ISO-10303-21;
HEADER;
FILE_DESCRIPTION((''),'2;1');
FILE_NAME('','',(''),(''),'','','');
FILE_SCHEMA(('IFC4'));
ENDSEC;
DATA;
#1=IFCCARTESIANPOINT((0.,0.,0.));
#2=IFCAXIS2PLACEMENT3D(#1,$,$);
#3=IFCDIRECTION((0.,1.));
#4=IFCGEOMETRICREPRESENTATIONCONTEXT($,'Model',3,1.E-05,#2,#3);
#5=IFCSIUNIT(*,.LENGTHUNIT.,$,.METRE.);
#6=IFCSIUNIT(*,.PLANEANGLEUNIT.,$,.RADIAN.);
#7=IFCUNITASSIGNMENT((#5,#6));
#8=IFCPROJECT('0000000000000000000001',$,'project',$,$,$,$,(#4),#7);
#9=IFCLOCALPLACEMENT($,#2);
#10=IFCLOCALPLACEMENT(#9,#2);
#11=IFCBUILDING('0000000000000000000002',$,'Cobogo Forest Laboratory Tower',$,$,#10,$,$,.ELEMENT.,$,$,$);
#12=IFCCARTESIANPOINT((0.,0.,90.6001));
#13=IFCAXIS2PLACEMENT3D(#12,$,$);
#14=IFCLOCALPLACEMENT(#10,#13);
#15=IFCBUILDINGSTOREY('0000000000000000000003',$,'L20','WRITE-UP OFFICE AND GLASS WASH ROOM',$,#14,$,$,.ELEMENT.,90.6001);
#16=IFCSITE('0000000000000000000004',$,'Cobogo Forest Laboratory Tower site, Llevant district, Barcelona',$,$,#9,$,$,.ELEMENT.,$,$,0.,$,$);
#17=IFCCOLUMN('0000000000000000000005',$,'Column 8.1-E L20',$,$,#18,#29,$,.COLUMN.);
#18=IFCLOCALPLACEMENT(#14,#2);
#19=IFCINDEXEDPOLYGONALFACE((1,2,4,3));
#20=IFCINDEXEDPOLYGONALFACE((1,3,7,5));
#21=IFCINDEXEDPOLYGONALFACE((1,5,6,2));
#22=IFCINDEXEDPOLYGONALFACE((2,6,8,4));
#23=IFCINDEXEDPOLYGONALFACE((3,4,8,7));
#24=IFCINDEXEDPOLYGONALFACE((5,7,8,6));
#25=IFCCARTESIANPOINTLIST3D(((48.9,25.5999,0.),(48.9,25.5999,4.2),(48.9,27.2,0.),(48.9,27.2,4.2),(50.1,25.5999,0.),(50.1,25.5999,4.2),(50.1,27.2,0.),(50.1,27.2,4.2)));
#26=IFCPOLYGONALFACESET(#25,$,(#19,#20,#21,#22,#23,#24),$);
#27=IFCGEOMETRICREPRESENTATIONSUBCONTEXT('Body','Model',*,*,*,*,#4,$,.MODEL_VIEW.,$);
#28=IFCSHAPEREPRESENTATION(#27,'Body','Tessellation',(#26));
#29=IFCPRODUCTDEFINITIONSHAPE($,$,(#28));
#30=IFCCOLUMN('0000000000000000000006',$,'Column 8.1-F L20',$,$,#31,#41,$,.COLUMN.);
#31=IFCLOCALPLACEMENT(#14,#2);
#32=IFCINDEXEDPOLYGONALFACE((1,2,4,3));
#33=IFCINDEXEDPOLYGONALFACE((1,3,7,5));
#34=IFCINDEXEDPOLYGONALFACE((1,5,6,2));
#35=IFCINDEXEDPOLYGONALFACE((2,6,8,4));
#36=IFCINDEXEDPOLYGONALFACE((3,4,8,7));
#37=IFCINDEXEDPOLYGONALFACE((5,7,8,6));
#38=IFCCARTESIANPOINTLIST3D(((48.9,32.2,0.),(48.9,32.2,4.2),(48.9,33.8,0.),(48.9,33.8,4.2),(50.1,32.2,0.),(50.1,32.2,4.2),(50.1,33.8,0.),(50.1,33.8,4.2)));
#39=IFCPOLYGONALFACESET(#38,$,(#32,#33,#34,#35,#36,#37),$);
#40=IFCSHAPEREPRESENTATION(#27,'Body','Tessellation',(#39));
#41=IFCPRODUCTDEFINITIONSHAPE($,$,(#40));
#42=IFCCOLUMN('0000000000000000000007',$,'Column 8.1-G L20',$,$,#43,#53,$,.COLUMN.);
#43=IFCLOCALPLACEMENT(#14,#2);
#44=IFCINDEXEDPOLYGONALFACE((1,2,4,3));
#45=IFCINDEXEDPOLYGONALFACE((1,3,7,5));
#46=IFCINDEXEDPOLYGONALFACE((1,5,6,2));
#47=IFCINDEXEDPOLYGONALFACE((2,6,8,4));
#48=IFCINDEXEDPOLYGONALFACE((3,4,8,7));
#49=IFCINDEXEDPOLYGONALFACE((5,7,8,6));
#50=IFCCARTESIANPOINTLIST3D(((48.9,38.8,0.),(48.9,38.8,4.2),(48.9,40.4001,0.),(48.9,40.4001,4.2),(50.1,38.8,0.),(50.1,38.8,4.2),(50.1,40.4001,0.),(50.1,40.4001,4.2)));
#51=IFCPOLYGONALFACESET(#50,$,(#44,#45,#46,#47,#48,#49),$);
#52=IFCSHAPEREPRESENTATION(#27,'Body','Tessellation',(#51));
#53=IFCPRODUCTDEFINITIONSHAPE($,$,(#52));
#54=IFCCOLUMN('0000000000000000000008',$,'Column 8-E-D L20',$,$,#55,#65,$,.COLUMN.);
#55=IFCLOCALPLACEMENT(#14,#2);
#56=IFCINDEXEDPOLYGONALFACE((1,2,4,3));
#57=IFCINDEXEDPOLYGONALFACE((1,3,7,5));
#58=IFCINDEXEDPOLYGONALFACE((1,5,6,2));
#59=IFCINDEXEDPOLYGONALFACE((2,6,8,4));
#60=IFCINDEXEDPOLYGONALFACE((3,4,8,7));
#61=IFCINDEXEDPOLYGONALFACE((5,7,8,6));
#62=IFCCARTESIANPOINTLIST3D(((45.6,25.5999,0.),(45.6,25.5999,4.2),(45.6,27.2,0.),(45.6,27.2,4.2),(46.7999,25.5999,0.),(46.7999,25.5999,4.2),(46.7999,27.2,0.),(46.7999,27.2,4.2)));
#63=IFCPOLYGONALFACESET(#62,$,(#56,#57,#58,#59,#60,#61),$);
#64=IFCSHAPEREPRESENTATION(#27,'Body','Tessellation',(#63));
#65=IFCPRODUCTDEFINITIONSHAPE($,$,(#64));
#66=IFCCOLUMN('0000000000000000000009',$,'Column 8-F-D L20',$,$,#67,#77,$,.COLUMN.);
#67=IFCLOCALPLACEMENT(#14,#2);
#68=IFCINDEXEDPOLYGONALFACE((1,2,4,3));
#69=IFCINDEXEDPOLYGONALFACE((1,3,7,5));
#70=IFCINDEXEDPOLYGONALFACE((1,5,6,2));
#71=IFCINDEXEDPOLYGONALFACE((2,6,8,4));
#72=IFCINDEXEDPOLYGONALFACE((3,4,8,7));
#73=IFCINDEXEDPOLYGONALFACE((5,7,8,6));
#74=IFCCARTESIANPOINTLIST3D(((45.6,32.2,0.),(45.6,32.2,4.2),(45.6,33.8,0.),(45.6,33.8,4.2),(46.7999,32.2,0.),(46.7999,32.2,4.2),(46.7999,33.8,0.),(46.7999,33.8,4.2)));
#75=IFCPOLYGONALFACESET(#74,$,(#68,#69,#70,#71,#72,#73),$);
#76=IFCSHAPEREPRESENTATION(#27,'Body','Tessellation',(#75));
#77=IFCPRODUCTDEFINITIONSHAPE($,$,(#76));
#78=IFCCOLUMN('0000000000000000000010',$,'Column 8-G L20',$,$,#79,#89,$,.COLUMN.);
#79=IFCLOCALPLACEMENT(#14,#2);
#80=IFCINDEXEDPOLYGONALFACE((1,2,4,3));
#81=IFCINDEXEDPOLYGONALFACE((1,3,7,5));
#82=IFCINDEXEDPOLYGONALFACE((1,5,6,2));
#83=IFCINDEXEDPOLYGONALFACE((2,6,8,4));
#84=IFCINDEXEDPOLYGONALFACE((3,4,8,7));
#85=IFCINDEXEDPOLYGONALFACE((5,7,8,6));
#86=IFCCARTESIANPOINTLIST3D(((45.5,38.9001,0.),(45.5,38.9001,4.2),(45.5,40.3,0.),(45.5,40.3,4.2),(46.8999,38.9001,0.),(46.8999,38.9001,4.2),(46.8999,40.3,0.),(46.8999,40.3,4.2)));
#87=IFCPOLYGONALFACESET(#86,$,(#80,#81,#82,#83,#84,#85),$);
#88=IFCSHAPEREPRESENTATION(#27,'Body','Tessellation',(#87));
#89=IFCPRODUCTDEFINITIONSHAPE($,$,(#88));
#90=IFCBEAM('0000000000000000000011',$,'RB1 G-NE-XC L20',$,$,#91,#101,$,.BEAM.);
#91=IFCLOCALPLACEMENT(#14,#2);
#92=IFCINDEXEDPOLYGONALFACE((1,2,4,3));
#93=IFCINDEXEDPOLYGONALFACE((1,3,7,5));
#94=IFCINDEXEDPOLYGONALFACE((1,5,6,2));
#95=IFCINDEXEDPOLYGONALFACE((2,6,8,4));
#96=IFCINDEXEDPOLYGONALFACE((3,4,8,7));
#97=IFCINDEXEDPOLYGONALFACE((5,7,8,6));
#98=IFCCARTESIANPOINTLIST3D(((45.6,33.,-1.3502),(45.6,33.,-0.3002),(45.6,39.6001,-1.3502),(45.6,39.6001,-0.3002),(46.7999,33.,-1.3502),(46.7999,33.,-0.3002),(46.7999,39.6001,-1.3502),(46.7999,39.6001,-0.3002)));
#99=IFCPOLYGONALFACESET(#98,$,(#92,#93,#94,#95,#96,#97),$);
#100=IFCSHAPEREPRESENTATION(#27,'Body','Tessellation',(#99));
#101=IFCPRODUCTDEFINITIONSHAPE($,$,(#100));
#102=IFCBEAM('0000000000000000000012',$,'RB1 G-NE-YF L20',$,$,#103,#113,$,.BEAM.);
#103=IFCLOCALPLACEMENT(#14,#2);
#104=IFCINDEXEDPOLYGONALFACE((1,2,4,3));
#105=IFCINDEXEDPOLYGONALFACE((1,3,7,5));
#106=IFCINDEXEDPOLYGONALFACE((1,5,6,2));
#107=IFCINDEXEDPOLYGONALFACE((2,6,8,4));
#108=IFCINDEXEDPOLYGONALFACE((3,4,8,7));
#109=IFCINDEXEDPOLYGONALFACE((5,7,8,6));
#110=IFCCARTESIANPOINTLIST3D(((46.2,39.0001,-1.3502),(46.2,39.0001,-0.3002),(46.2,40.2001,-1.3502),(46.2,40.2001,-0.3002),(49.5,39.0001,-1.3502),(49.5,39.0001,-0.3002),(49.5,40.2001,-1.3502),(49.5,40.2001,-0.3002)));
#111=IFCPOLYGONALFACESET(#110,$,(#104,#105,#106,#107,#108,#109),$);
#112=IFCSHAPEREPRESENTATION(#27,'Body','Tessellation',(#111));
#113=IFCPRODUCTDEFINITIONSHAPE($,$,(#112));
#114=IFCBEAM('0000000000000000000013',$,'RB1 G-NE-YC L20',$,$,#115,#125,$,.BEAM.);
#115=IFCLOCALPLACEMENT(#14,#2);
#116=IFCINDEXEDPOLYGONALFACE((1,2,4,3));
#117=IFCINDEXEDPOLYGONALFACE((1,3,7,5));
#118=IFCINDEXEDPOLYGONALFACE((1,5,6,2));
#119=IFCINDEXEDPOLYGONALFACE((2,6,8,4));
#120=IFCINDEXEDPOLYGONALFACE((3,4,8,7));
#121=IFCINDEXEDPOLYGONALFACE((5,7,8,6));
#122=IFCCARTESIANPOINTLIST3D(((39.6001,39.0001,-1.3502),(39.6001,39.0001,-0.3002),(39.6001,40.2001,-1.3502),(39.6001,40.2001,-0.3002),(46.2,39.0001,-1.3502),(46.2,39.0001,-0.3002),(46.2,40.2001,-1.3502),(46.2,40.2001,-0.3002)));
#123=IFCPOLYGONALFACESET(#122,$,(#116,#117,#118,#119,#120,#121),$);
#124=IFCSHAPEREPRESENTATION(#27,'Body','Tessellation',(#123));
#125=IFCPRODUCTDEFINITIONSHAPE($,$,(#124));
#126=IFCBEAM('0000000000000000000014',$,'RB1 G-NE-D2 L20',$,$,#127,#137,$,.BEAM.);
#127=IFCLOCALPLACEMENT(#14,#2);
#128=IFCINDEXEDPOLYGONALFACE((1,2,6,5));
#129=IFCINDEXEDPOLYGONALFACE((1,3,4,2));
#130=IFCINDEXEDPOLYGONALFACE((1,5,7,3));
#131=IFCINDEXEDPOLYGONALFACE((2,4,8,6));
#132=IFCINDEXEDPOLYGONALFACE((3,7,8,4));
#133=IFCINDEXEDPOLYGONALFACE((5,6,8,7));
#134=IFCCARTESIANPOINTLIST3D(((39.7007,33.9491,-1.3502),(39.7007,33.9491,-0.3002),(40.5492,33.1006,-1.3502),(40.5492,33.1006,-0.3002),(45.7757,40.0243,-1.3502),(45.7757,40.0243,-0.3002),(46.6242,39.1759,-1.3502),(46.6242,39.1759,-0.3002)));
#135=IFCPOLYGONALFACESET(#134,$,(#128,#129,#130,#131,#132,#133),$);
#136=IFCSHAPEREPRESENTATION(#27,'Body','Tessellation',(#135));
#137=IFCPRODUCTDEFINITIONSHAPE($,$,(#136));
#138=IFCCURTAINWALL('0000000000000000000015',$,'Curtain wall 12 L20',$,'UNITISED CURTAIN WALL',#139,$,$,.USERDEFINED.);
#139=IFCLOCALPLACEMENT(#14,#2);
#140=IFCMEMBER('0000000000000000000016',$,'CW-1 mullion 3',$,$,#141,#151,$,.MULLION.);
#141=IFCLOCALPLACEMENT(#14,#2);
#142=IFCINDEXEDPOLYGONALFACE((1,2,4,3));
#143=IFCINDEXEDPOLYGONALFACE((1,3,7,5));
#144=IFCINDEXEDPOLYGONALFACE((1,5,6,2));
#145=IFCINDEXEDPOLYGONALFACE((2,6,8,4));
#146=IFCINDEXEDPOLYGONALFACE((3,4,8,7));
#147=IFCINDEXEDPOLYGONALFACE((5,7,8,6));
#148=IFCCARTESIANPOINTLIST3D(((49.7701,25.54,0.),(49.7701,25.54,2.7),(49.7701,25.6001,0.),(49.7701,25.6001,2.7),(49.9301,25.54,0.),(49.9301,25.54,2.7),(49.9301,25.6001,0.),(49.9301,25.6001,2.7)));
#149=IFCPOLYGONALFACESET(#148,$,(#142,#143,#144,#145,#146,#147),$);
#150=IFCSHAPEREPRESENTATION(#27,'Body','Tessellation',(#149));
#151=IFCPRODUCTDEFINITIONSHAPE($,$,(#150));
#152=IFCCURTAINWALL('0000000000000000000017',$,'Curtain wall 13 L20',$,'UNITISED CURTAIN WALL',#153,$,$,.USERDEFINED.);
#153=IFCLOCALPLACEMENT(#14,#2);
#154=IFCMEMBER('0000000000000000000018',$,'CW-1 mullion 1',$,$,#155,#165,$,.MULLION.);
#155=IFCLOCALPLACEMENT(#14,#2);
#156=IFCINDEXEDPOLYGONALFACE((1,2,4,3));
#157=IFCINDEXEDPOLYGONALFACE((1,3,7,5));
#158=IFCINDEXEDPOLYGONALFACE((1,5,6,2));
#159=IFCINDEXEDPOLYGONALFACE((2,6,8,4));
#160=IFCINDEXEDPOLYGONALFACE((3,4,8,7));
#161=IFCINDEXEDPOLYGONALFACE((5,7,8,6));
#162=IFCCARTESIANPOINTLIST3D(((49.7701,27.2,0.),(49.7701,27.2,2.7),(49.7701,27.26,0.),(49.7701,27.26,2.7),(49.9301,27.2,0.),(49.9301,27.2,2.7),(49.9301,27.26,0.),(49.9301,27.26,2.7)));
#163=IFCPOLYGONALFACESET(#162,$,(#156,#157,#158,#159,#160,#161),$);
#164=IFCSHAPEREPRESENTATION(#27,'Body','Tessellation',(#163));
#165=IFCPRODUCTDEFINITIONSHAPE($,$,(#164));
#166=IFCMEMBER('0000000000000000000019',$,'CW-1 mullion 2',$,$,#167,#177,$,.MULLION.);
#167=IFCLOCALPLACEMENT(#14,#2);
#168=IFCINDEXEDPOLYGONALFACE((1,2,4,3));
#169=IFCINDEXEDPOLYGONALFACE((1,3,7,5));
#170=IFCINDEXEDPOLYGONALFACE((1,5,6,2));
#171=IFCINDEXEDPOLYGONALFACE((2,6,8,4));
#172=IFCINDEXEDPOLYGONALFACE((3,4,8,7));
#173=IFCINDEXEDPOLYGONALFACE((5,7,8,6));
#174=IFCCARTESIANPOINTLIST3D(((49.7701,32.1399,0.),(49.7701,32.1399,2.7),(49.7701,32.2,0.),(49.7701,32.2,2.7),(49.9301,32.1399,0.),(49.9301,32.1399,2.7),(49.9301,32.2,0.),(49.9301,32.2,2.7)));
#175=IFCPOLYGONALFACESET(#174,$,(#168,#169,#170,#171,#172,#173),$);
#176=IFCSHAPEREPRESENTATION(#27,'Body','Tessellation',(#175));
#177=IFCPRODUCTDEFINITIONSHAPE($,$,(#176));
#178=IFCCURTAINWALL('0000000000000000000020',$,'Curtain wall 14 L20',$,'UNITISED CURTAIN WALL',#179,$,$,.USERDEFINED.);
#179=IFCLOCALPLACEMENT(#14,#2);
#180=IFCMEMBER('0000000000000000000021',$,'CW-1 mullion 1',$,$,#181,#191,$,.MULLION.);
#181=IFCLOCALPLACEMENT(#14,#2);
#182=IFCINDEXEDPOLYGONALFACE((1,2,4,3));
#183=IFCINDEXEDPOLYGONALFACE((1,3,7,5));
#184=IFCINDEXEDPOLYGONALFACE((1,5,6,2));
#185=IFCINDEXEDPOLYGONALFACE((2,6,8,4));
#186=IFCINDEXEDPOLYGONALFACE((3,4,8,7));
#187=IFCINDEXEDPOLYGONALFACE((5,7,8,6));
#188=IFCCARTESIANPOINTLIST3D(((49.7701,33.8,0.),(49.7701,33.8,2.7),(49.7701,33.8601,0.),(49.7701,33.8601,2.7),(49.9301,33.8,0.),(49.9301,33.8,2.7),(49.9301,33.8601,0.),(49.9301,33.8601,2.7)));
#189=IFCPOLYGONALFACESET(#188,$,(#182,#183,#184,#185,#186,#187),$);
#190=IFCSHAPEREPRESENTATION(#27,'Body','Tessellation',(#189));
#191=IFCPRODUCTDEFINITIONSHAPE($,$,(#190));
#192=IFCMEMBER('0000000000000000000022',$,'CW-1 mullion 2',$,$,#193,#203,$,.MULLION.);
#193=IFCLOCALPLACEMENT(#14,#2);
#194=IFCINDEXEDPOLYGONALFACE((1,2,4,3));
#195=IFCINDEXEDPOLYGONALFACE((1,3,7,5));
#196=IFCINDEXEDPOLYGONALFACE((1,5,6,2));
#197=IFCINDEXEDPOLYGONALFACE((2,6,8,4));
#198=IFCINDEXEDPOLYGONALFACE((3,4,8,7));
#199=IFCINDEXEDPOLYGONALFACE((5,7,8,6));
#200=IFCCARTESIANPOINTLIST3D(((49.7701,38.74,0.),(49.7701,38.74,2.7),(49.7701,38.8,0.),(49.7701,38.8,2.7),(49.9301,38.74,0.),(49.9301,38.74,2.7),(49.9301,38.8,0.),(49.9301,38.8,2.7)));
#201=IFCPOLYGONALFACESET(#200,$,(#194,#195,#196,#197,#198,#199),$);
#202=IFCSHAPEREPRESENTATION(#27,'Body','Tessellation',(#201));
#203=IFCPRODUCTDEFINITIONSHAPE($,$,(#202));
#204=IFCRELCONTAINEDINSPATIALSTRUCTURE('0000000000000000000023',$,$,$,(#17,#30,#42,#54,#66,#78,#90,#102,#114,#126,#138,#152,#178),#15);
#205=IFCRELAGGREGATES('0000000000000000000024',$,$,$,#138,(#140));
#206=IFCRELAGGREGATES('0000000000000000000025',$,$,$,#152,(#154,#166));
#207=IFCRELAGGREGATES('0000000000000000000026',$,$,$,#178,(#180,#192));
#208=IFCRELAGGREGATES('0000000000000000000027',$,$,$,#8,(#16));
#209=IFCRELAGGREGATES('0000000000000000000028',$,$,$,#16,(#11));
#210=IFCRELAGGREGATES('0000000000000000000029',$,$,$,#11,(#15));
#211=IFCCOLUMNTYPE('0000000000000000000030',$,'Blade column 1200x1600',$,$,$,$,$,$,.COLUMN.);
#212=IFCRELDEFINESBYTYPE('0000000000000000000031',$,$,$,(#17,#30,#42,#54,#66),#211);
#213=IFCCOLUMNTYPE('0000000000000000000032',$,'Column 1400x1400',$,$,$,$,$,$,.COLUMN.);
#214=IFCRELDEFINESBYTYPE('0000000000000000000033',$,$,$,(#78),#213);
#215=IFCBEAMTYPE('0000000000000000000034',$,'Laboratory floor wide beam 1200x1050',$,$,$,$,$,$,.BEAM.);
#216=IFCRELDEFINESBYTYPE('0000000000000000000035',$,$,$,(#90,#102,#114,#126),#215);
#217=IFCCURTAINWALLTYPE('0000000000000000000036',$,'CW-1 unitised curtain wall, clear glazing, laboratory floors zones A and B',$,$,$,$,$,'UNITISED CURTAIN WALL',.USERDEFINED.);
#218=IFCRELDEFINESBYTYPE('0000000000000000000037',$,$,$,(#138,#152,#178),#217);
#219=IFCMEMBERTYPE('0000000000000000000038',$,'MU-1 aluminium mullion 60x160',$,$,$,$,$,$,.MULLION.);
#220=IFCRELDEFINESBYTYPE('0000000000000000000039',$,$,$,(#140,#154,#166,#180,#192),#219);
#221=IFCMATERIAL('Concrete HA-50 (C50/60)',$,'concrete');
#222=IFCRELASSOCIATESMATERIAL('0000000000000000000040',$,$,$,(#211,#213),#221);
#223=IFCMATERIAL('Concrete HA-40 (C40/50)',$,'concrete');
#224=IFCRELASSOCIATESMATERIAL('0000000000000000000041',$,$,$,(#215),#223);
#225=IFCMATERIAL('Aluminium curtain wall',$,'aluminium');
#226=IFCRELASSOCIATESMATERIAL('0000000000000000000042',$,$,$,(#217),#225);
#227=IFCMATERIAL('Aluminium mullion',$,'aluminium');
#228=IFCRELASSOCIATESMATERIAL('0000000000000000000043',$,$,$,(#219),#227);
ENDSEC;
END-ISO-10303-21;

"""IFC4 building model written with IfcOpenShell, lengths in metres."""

from ifc_helpers import new_model, si_unit, direction, frame, origin, origin_2d, place, context, subcontext, project, spatial, rectangle, extrude, material, material_profile, profile_set, type_object, element, aggregate, save


model = new_model("IFC4")

# Units and contexts
model_context = context("Model", 3, precision=1e-05, world=origin(), true_north=direction((0.0, 1.0)))
body_context = subcontext(model_context, "Body", "Model", "MODEL_VIEW")
ifc_project = project(units=[si_unit("LENGTHUNIT", "METRE"), si_unit("PLANEANGLEUNIT", "RADIAN")], contexts=[model_context])

# Site, building, storey
site_placement = place(None, origin())
site = spatial("IfcSite", under=ifc_project, at=site_placement, Name="Cobogo Forest Laboratory Tower site, Llevant district, Barcelona", CompositionType="ELEMENT", RefElevation=0.0)
building_placement = place(site_placement, origin())
building = spatial("IfcBuilding", under=site, at=building_placement, Name="Cobogo Forest Laboratory Tower", CompositionType="ELEMENT")
storey_placement = place(building_placement, frame((0.0, 0.0, 90.6001)))
storey = spatial("IfcBuildingStorey", under=building, at=storey_placement, Name="L20", Description="WRITE-UP OFFICE AND GLASS WASH ROOM", CompositionType="ELEMENT", Elevation=90.6001)

# Columns
ifc_material_1 = material(Name="Concrete HA-50 (C50/60)", Category="concrete")
ifc_material_profile_1 = material_profile(ifc_material_1, rectangle(XDim=1.6001, YDim=1.2, at=origin_2d()), Name="RC 1200x1600")
ifc_profile_set_1 = profile_set([ifc_material_profile_1], Name="Concrete HA-50 (C50/60)")
column_type_1 = type_object("IfcColumnType", Name="Blade column 1200x1600", PredefinedType="COLUMN", material=ifc_profile_set_1)
for number, where, z_axis, x_axis, name in (
    (1, (49.5, 26.3999, 0.0), (0.0, 0.0, 1.0), (0.0, 1.0, 0.0), "Column 8.1-E L20"),
    (2, (49.5, 33.0, 0.0), (0.0, 0.0, 1.0), (0.0, 1.0, 0.0), "Column 8.1-F L20"),
    (3, (49.5, 39.6001, 0.0), (0.0, 0.0, 1.0), (0.0, 1.0, 0.0), "Column 8.1-G L20"),
    (4, (46.2, 26.3999, 0.0), (0.0, 0.0, 1.0), (0.0, 1.0, 0.0), "Column 8-E-D L20"),
    (5, (46.2, 33.0, 0.0), (0.0, 0.0, 1.0), (0.0, 1.0, 0.0), "Column 8-F-D L20"),
):
    element("IfcColumn", number, at=place(storey_placement, frame(where, z_axis=z_axis, x_axis=x_axis)), inside=storey, type_object=column_type_1, Name=name, PredefinedType="COLUMN", context=body_context, shape_type="SweptSolid", body=[
        extrude(rectangle(XDim=1.6001, YDim=1.2, at=origin_2d()), origin(), (0.0, 0.0, 1.0), 4.2),
    ])
ifc_material_profile_2 = material_profile(ifc_material_1, rectangle(XDim=1.3999, YDim=1.3999, at=origin_2d()), Name="RC 1400x1400")
ifc_profile_set_2 = profile_set([ifc_material_profile_2], Name="Concrete HA-50 (C50/60)")
column_type_2 = type_object("IfcColumnType", Name="Column 1400x1400", PredefinedType="COLUMN", material=ifc_profile_set_2)
column_placement = place(storey_placement, frame((46.2, 39.6001, 0.0), z_axis=(0.0, 0.0, 1.0), x_axis=(1.0, 0.0, 0.0)))
element("IfcColumn", 6, at=column_placement, inside=storey, type_object=column_type_2, Name="Column 8-G L20", PredefinedType="COLUMN", context=body_context, shape_type="SweptSolid", body=[
    extrude(rectangle(XDim=1.3999, YDim=1.3999, at=origin_2d()), origin(), (0.0, 0.0, 1.0), 4.2),
])

# Beams
ifc_material_2 = material(Name="Concrete HA-40 (C40/50)", Category="concrete")
ifc_material_profile_3 = material_profile(ifc_material_2, rectangle(XDim=1.2, YDim=1.05, at=origin_2d()), Name="RC 1200x1050")
ifc_profile_set_3 = profile_set([ifc_material_profile_3], Name="Concrete HA-40 (C40/50)")
beam_type_1 = type_object("IfcBeamType", Name="Laboratory floor wide beam 1200x1050", PredefinedType="BEAM", material=ifc_profile_set_3)
beam_1_placement = place(storey_placement, frame((46.2, 39.6001, -0.8252), z_axis=(0.0, -1.0, 0.0), x_axis=(1.0, 0.0, 0.0)))
element("IfcBeam", 7, at=beam_1_placement, inside=storey, type_object=beam_type_1, Name="RB1 G-NE-XC L20", PredefinedType="BEAM", context=body_context, shape_type="SweptSolid", body=[
    extrude(rectangle(XDim=1.2, YDim=1.05, at=origin_2d()), origin(), (0.0, 0.0, 1.0), 6.6001),
])
beam_2_placement = place(storey_placement, frame((49.5, 39.6001, -0.8252), z_axis=(-1.0, 0.0, 0.0), x_axis=(0.0, -1.0, 0.0)))
element("IfcBeam", 8, at=beam_2_placement, inside=storey, type_object=beam_type_1, Name="RB1 G-NE-YF L20", PredefinedType="BEAM", context=body_context, shape_type="SweptSolid", body=[
    extrude(rectangle(XDim=1.2, YDim=1.05, at=origin_2d()), origin(), (0.0, 0.0, 1.0), 3.3),
])
beam_3_placement = place(storey_placement, frame((46.2, 39.6001, -0.8252), z_axis=(-1.0, 0.0, 0.0), x_axis=(0.0, -1.0, 0.0)))
element("IfcBeam", 9, at=beam_3_placement, inside=storey, type_object=beam_type_1, Name="RB1 G-NE-YC L20", PredefinedType="BEAM", context=body_context, shape_type="SweptSolid", body=[
    extrude(rectangle(XDim=1.2, YDim=1.05, at=origin_2d()), origin(), (0.0, 0.0, 1.0), 6.5999),
])
beam_4_placement = place(storey_placement, frame((46.2, 39.6001, -0.8252), z_axis=(-0.707093, -0.707121, 0.0), x_axis=(0.707121, -0.707093, 0.0)))
element("IfcBeam", 10, at=beam_4_placement, inside=storey, type_object=beam_type_1, Name="RB1 G-NE-D2 L20", PredefinedType="BEAM", context=body_context, shape_type="SweptSolid", body=[
    extrude(rectangle(XDim=1.2, YDim=1.05, at=origin_2d()), origin(), (0.0, 0.0, 1.0), 8.5916),
])

# Curtain wall, member
ifc_material_3 = material(Name="Aluminium curtain wall", Category="aluminium")
curtain_wall_type = type_object("IfcCurtainWallType", Name="CW-1 unitised curtain wall, clear glazing, laboratory floors zones A and B", ElementType="UNITISED CURTAIN WALL", PredefinedType="USERDEFINED", material=ifc_material_3)
curtain_wall_1_placement = place(storey_placement, origin())
curtain_wall_1 = element("IfcCurtainWall", 11, at=curtain_wall_1_placement, inside=storey, type_object=curtain_wall_type, Name="Curtain wall 12 L20", ObjectType="UNITISED CURTAIN WALL", PredefinedType="USERDEFINED")
ifc_material_4 = material(Name="Aluminium mullion", Category="aluminium")
ifc_material_profile_4 = material_profile(ifc_material_4, rectangle(XDim=0.0601, YDim=0.1599, at=origin_2d()), Name="AL 60x160")
ifc_profile_set_4 = profile_set([ifc_material_profile_4], Name="Aluminium mullion")
member_type_1 = type_object("IfcMemberType", Name="MU-1 aluminium mullion 60x160", PredefinedType="MULLION", material=ifc_profile_set_4)
member_1_placement = place(storey_placement, frame((49.8501, 25.5701, 0.0), z_axis=(0.0, 0.0, 1.0), x_axis=(0.0, 1.0, 0.0)))
member_1 = element("IfcMember", 12, at=member_1_placement, type_object=member_type_1, Name="CW-1 mullion 3", PredefinedType="MULLION", context=body_context, shape_type="SweptSolid", body=[
    extrude(rectangle(XDim=0.0601, YDim=0.1599, at=origin_2d()), origin(), (0.0, 0.0, 1.0), 2.7),
])

# Curtain walls, members
curtain_wall_2_placement = place(storey_placement, origin())
curtain_wall_2 = element("IfcCurtainWall", 13, at=curtain_wall_2_placement, inside=storey, type_object=curtain_wall_type, Name="Curtain wall 13 L20", ObjectType="UNITISED CURTAIN WALL", PredefinedType="USERDEFINED")
member_2_placement = place(storey_placement, frame((49.8501, 27.23, 0.0), z_axis=(0.0, 0.0, 1.0), x_axis=(0.0, 1.0, 0.0)))
member_2 = element("IfcMember", 14, at=member_2_placement, type_object=member_type_1, Name="CW-1 mullion 1", PredefinedType="MULLION", context=body_context, shape_type="SweptSolid", body=[
    extrude(rectangle(XDim=0.0601, YDim=0.1599, at=origin_2d()), origin(), (0.0, 0.0, 1.0), 2.7),
])
member_3_placement = place(storey_placement, frame((49.8501, 32.1699, 0.0), z_axis=(0.0, 0.0, 1.0), x_axis=(0.0, 1.0, 0.0)))
member_3 = element("IfcMember", 15, at=member_3_placement, type_object=member_type_1, Name="CW-1 mullion 2", PredefinedType="MULLION", context=body_context, shape_type="SweptSolid", body=[
    extrude(rectangle(XDim=0.0601, YDim=0.1599, at=origin_2d()), origin(), (0.0, 0.0, 1.0), 2.7),
])
curtain_wall_3_placement = place(storey_placement, origin())
curtain_wall_3 = element("IfcCurtainWall", 16, at=curtain_wall_3_placement, inside=storey, type_object=curtain_wall_type, Name="Curtain wall 14 L20", ObjectType="UNITISED CURTAIN WALL", PredefinedType="USERDEFINED")
member_4_placement = place(storey_placement, frame((49.8501, 33.8301, 0.0), z_axis=(0.0, 0.0, 1.0), x_axis=(0.0, 1.0, 0.0)))
member_4 = element("IfcMember", 17, at=member_4_placement, type_object=member_type_1, Name="CW-1 mullion 1", PredefinedType="MULLION", context=body_context, shape_type="SweptSolid", body=[
    extrude(rectangle(XDim=0.0601, YDim=0.1599, at=origin_2d()), origin(), (0.0, 0.0, 1.0), 2.7),
])
member_5_placement = place(storey_placement, frame((49.8501, 38.77, 0.0), z_axis=(0.0, 0.0, 1.0), x_axis=(0.0, 1.0, 0.0)))
member_5 = element("IfcMember", 18, at=member_5_placement, type_object=member_type_1, Name="CW-1 mullion 2", PredefinedType="MULLION", context=body_context, shape_type="SweptSolid", body=[
    extrude(rectangle(XDim=0.0601, YDim=0.1599, at=origin_2d()), origin(), (0.0, 0.0, 1.0), 2.7),
])

aggregate(curtain_wall_1, [member_1])
aggregate(curtain_wall_2, [member_2, member_3])
aggregate(curtain_wall_3, [member_4, member_5])

save(model, "model.ifc")
